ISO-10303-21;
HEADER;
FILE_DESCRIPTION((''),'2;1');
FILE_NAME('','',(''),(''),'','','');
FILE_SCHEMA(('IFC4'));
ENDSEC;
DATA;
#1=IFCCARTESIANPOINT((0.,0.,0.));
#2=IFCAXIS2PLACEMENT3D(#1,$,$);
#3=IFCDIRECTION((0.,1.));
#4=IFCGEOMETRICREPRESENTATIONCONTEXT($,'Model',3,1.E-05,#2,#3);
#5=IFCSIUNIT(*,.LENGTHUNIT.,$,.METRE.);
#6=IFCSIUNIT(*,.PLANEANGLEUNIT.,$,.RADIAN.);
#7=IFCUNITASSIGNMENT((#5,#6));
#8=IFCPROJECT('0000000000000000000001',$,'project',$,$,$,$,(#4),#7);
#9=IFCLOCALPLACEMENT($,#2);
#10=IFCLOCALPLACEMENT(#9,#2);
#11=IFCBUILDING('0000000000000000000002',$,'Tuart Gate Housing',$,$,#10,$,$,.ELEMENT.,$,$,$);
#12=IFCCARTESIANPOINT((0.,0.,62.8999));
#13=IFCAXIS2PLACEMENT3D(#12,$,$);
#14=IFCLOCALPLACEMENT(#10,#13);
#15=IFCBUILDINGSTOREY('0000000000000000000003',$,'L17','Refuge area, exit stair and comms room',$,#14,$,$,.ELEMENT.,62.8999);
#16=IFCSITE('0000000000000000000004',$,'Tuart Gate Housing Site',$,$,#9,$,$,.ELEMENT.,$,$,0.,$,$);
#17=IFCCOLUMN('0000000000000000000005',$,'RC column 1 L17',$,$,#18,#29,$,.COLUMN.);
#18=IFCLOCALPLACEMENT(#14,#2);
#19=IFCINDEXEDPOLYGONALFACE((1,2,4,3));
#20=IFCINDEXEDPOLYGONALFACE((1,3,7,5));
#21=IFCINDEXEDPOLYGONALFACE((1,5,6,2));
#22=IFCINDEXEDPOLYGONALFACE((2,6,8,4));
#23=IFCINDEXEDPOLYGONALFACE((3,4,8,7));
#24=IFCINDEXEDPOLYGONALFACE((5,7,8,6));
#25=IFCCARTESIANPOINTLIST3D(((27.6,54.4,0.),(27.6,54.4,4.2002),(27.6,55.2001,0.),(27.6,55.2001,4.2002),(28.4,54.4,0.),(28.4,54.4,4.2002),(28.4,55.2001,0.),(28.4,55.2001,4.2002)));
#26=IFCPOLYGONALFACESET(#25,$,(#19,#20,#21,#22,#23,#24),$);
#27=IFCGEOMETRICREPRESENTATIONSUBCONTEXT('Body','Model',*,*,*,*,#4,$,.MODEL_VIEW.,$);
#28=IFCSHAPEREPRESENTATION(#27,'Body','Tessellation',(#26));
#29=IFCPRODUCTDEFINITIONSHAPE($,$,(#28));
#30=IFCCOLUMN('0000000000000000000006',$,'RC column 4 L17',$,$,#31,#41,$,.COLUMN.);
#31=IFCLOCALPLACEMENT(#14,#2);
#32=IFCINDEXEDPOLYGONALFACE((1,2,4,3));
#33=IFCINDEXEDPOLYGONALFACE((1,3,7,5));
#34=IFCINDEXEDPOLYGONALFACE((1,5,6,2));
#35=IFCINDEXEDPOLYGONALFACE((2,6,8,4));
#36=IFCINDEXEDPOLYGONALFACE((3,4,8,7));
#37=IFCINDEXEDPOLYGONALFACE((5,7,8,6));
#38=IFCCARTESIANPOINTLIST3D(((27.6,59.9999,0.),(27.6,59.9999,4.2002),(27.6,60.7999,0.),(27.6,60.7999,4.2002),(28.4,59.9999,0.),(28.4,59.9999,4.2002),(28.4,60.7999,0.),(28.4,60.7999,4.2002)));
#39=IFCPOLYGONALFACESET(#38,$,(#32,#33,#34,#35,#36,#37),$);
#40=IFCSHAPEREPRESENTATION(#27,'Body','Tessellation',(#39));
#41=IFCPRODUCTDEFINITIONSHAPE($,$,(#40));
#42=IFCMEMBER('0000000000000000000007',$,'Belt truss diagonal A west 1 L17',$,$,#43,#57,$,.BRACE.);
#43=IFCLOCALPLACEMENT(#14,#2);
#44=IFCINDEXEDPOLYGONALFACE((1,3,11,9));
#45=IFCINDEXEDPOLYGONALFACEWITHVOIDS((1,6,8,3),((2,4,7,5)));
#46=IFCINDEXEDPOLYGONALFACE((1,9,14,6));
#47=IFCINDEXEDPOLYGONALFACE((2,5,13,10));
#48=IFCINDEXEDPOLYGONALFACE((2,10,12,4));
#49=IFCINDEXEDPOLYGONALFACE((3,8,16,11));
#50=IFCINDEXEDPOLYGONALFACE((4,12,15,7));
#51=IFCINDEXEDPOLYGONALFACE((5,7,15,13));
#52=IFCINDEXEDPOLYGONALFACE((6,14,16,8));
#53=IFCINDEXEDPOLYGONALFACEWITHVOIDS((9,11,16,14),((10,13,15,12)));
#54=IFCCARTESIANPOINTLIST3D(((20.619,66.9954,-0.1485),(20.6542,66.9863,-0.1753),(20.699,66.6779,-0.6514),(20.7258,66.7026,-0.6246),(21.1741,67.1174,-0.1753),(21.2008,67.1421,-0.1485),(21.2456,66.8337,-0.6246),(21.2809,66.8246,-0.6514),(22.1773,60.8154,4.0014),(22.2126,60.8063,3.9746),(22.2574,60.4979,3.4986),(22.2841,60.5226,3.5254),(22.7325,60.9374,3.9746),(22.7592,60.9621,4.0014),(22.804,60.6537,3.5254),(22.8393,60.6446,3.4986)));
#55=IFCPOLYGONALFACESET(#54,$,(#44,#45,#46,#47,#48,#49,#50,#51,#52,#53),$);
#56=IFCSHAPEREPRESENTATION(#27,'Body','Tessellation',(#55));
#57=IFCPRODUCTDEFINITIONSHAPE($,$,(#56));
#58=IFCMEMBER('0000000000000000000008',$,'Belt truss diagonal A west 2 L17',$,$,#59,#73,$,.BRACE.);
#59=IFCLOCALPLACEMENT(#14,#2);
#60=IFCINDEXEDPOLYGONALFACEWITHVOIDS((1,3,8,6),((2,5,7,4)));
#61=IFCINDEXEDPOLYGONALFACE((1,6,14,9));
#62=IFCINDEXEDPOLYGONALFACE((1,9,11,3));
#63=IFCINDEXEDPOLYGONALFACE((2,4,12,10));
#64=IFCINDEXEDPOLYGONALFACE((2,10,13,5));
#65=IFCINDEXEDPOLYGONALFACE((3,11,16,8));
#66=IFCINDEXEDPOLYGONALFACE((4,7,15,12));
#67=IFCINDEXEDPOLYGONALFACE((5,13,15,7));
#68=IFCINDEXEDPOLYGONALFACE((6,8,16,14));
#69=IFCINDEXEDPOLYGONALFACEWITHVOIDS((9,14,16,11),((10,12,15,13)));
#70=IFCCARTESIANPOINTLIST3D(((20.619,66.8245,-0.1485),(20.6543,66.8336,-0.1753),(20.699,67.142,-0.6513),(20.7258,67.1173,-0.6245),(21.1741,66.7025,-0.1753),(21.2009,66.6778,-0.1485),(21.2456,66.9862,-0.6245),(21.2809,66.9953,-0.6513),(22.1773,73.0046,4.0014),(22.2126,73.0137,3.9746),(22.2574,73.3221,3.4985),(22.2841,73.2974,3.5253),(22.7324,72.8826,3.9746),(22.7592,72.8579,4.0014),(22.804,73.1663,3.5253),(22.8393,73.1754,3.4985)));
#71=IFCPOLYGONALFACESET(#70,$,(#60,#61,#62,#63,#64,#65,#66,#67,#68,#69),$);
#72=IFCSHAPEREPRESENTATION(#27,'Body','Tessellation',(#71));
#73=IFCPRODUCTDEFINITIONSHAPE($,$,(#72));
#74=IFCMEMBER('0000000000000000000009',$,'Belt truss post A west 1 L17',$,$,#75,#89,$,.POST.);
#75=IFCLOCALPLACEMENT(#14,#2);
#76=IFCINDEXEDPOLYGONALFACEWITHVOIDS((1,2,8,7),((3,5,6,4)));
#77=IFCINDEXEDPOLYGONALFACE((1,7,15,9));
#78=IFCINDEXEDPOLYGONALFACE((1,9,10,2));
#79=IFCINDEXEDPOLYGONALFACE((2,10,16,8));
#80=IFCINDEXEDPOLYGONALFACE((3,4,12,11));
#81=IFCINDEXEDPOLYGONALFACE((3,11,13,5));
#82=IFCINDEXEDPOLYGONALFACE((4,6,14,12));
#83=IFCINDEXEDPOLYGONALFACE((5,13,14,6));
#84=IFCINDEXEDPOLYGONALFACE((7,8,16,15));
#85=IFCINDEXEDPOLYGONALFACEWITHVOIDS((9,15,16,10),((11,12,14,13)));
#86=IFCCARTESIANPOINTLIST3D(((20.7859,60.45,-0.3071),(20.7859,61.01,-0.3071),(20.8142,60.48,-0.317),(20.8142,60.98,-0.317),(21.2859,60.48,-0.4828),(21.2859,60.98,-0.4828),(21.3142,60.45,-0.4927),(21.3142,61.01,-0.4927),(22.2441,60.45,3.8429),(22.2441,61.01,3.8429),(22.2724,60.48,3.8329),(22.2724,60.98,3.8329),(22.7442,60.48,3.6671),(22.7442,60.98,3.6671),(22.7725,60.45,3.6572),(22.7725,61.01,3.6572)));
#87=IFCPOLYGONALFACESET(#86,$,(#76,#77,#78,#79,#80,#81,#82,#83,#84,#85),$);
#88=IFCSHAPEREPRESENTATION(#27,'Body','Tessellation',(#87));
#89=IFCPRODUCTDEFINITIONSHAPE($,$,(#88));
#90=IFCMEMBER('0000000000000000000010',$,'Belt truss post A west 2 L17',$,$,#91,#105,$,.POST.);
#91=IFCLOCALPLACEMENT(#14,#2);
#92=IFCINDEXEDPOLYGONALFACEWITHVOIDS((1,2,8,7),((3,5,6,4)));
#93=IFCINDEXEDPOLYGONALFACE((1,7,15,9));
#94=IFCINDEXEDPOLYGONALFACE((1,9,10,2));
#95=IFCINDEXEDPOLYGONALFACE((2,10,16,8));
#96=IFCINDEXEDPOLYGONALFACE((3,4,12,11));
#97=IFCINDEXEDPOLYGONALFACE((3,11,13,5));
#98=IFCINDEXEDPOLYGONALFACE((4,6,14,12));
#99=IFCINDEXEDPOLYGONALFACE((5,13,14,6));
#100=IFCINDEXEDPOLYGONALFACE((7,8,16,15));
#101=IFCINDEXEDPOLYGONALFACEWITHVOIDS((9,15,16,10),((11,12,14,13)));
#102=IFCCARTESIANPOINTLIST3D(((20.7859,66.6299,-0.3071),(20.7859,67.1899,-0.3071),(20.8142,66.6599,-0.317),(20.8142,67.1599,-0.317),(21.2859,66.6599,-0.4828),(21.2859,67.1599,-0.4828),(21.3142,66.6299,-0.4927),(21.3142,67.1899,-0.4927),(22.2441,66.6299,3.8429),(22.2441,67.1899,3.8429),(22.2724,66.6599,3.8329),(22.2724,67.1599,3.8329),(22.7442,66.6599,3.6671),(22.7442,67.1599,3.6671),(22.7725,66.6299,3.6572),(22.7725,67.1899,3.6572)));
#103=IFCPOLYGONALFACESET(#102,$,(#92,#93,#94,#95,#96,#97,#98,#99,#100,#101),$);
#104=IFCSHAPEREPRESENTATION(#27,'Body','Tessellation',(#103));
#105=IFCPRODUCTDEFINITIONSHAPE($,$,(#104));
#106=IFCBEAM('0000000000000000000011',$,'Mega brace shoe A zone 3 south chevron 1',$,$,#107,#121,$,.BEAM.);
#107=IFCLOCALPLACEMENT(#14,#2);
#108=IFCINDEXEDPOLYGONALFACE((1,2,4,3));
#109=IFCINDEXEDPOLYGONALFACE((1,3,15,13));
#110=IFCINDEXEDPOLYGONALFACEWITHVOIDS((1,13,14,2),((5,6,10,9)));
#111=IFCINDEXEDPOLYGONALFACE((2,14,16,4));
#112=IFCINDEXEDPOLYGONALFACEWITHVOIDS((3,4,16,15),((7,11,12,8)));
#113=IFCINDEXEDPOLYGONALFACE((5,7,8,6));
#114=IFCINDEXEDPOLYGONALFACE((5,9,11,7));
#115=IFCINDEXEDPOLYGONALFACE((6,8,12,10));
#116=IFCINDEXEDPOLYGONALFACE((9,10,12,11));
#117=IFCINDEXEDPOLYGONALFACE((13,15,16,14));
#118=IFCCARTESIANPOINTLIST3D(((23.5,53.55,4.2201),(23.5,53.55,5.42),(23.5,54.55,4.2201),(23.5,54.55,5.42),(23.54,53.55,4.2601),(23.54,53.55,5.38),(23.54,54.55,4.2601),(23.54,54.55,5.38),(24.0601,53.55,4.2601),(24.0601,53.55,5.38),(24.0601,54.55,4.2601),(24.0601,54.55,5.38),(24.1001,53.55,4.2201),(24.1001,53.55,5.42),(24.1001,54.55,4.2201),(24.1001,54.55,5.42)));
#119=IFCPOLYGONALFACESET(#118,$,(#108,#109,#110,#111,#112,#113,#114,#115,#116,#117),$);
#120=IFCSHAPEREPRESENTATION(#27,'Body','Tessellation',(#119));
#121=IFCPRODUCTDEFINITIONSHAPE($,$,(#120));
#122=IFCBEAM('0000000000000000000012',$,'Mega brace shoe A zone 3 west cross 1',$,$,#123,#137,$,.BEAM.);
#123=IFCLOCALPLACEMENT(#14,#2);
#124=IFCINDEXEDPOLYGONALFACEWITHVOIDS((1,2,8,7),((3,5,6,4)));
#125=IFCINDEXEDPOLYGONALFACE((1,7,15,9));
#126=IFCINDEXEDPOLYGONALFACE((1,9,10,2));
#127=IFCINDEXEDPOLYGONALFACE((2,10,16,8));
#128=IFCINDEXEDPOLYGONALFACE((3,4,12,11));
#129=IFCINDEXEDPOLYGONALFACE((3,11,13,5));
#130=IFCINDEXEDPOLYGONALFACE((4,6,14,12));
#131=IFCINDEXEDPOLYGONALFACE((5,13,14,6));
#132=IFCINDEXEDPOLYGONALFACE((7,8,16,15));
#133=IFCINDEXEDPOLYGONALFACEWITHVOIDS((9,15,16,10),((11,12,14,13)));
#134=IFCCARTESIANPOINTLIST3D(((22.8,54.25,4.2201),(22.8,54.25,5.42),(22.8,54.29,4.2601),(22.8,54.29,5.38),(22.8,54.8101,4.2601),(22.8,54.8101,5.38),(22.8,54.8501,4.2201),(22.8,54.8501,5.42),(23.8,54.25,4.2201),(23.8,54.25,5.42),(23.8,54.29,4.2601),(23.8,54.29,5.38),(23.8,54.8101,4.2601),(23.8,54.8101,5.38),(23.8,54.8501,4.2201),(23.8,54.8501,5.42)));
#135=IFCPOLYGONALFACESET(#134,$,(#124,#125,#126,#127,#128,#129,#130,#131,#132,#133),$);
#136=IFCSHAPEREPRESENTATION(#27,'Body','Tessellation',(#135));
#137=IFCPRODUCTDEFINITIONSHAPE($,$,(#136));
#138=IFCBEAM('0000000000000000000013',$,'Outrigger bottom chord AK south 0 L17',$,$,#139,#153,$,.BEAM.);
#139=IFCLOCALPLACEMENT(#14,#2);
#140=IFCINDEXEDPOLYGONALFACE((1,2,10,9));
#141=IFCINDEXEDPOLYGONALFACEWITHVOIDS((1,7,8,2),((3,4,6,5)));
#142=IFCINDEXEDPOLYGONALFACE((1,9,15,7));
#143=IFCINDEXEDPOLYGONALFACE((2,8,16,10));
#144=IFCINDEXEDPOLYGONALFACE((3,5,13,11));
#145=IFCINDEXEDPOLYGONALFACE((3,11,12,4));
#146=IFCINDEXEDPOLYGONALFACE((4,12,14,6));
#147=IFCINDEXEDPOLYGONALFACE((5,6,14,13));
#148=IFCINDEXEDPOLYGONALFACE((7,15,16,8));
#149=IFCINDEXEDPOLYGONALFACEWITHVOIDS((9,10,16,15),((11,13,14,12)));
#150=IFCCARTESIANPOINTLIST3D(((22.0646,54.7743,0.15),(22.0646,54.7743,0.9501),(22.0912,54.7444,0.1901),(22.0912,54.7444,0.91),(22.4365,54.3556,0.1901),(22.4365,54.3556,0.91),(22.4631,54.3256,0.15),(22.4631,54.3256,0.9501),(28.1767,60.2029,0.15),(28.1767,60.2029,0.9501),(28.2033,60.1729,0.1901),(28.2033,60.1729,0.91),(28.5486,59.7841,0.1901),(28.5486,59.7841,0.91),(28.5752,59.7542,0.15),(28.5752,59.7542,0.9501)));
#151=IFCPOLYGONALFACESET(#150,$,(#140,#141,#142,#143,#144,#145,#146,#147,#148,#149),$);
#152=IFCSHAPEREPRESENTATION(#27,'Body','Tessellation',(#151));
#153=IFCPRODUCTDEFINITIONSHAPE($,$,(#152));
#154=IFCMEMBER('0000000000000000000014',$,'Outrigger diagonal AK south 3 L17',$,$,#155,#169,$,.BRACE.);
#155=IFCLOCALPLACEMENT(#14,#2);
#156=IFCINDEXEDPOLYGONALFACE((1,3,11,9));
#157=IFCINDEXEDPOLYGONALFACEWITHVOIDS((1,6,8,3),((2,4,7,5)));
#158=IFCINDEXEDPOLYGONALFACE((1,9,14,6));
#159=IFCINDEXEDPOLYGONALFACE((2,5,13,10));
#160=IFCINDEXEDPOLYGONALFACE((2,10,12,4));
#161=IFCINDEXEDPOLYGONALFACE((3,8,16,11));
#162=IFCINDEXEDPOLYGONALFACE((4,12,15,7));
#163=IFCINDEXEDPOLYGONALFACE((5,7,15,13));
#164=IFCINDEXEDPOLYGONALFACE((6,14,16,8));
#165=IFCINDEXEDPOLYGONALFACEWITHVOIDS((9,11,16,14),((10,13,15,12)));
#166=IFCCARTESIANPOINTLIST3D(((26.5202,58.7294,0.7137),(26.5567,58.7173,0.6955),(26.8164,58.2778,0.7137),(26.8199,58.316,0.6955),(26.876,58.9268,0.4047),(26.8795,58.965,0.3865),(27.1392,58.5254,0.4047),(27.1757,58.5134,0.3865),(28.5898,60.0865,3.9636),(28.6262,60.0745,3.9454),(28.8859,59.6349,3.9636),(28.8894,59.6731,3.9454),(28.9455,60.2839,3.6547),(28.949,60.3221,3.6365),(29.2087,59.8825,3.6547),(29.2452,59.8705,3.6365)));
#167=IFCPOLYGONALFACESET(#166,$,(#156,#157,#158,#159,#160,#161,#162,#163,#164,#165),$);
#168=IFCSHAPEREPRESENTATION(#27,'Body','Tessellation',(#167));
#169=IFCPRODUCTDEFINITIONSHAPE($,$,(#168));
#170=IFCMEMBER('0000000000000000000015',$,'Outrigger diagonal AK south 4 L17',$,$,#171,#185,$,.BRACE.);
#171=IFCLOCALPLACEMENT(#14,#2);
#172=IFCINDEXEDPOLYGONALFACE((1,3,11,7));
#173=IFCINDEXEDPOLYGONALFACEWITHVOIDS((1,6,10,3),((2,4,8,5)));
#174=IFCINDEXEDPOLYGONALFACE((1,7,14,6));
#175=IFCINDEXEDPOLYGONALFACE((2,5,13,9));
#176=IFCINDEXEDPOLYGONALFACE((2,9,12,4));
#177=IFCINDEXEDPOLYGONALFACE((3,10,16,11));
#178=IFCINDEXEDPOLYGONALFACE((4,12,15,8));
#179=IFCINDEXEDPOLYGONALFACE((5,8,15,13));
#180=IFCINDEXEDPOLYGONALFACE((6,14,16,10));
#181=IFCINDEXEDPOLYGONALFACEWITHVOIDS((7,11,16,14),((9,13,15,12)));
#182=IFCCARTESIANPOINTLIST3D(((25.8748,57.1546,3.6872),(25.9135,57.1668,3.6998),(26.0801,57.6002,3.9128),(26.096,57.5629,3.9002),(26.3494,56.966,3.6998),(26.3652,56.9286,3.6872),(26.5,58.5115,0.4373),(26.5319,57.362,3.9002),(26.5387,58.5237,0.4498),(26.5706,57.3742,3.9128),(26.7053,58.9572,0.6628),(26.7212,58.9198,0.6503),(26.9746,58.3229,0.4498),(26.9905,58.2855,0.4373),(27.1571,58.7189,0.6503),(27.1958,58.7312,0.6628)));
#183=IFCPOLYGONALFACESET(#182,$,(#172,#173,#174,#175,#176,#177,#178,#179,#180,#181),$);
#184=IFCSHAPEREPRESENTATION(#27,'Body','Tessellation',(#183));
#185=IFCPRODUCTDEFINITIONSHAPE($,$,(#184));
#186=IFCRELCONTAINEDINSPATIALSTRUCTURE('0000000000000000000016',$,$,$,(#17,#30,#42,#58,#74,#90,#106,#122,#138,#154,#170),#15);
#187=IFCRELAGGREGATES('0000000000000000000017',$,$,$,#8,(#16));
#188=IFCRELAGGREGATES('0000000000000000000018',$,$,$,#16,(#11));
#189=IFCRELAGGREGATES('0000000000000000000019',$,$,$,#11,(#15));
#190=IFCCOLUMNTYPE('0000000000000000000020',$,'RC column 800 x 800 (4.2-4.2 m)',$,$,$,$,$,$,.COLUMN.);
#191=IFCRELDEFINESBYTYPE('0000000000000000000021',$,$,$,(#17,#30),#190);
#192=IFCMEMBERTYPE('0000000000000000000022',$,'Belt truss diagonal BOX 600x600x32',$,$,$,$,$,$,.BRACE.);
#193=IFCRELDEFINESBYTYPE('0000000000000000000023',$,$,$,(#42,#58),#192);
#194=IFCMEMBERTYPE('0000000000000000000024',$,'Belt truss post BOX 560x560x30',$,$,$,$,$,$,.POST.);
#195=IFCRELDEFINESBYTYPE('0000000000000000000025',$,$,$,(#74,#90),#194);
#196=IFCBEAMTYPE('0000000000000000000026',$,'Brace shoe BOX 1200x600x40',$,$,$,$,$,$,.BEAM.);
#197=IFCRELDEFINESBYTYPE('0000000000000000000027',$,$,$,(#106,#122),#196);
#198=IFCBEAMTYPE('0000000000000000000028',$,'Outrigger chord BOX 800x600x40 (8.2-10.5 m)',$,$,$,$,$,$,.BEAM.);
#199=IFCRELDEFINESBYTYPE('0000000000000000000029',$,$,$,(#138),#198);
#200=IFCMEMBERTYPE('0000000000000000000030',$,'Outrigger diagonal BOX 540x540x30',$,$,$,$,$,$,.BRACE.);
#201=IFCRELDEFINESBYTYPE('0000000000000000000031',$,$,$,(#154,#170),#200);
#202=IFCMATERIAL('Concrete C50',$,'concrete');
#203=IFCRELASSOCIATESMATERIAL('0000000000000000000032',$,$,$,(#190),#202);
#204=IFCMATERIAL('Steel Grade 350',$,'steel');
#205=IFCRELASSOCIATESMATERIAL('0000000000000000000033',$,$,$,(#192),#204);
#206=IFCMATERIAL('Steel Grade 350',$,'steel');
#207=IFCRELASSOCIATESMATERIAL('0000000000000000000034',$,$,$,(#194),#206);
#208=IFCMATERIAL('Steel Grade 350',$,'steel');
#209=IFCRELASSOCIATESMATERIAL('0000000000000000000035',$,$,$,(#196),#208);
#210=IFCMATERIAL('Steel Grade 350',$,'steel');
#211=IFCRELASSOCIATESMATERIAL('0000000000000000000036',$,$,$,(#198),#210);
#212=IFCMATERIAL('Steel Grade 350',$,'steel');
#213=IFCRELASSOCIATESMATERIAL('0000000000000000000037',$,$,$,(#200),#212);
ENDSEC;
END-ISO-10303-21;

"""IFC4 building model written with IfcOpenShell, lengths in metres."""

from ifc_helpers import new_model, si_unit, direction, frame, origin, origin_2d, place, context, subcontext, project, spatial, rectangle, hollow_rectangle, extrude, material, material_profile, profile_set, type_object, element, save


model = new_model("IFC4")

# Units and contexts
model_context = context("Model", 3, precision=1e-05, world=origin(), true_north=direction((0.0, 1.0)))
body_context = subcontext(model_context, "Body", "Model", "MODEL_VIEW")
ifc_project = project(units=[si_unit("LENGTHUNIT", "METRE"), si_unit("PLANEANGLEUNIT", "RADIAN")], contexts=[model_context])

# Site, building, storey
site_placement = place(None, origin())
site = spatial("IfcSite", under=ifc_project, at=site_placement, Name="Tuart Gate Housing Site", CompositionType="ELEMENT", RefElevation=0.0)
building_placement = place(site_placement, origin())
building = spatial("IfcBuilding", under=site, at=building_placement, Name="Tuart Gate Housing", CompositionType="ELEMENT")
storey_placement = place(building_placement, frame((0.0, 0.0, 62.8999)))
storey = spatial("IfcBuildingStorey", under=building, at=storey_placement, Name="L17", Description="Refuge area, exit stair and comms room", CompositionType="ELEMENT", Elevation=62.8999)

# Columns
ifc_material_1 = material(Name="Concrete C50", Category="concrete")
ifc_material_profile_1 = material_profile(ifc_material_1, rectangle(XDim=0.8, YDim=0.8, at=origin_2d()), Name="RC column 800 x 800 (4.2-4.2 m)")
ifc_profile_set_1 = profile_set([ifc_material_profile_1], Name="Concrete C50")
column_type = type_object("IfcColumnType", Name="RC column 800 x 800 (4.2-4.2 m)", PredefinedType="COLUMN", material=ifc_profile_set_1)
for number, where, z_axis, x_axis, name in (
    (1, (28.0, 54.8, 0.0), (0.0, 0.0, 1.0), (1.0, 0.0, 0.0), "RC column 1 L17"),
    (2, (28.0, 60.3999, 0.0), (0.0, 0.0, 1.0), (1.0, 0.0, 0.0), "RC column 4 L17"),
):
    element("IfcColumn", number, at=place(storey_placement, frame(where, z_axis=z_axis, x_axis=x_axis)), inside=storey, type_object=column_type, Name=name, PredefinedType="COLUMN", context=body_context, shape_type="SweptSolid", body=[
        extrude(rectangle(XDim=0.8, YDim=0.8, at=origin_2d()), origin(), (0.0, 0.0, 1.0), 4.2002),
    ])

# Members
ifc_material_2 = material(Name="Steel Grade 350", Category="steel")
ifc_material_profile_2 = material_profile(ifc_material_2, hollow_rectangle(XDim=0.6001, YDim=0.6001, WallThickness=0.032, at=origin_2d()), Name="BOX 600x600x32")
ifc_profile_set_2 = profile_set([ifc_material_profile_2], Name="Steel Grade 350")
member_type_1 = type_object("IfcMemberType", Name="Belt truss diagonal BOX 600x600x32", PredefinedType="BRACE", material=ifc_profile_set_2)
for number, where, z_axis, x_axis, name in (
    (3, (22.5083, 60.73, 3.75), (-0.204901, 0.812574, -0.545654), (-0.969647, -0.244509, 0.0), "Belt truss diagonal A west 1 L17"),
    (4, (20.95, 66.9099, -0.3999), (0.204896, 0.812585, 0.54564), (-0.969649, 0.2445, 0.0), "Belt truss diagonal A west 2 L17"),
):
    element("IfcMember", number, at=place(storey_placement, frame(where, z_axis=z_axis, x_axis=x_axis)), inside=storey, type_object=member_type_1, Name=name, PredefinedType="BRACE", context=body_context, shape_type="SweptSolid", body=[
        extrude(hollow_rectangle(XDim=0.6001, YDim=0.6001, WallThickness=0.032, at=origin_2d()), origin(), (0.0, 0.0, 1.0), 7.6055),
    ])
ifc_material_3 = material(Name="Steel Grade 350", Category="steel")
ifc_material_profile_3 = material_profile(ifc_material_3, hollow_rectangle(XDim=0.5601, YDim=0.5601, WallThickness=0.03, at=origin_2d()), Name="BOX 560x560x30")
ifc_profile_set_3 = profile_set([ifc_material_profile_3], Name="Steel Grade 350")
member_type_2 = type_object("IfcMemberType", Name="Belt truss post BOX 560x560x30", PredefinedType="POST", material=ifc_profile_set_3)
for number, where, z_axis, x_axis, name in (
    (5, (21.05, 60.73, -0.3999), (0.331522, 0.0, 0.943447), (0.0, 1.0, 0.0), "Belt truss post A west 1 L17"),
    (6, (21.05, 66.9099, -0.3999), (0.331522, 0.0, 0.943447), (0.0, 1.0, 0.0), "Belt truss post A west 2 L17"),
):
    element("IfcMember", number, at=place(storey_placement, frame(where, z_axis=z_axis, x_axis=x_axis)), inside=storey, type_object=member_type_2, Name=name, PredefinedType="POST", context=body_context, shape_type="SweptSolid", body=[
        extrude(hollow_rectangle(XDim=0.5601, YDim=0.5601, WallThickness=0.03, at=origin_2d()), origin(), (0.0, 0.0, 1.0), 4.3987),
    ])

# Beams
ifc_material_4 = material(Name="Steel Grade 350", Category="steel")
ifc_material_profile_4 = material_profile(ifc_material_4, hollow_rectangle(XDim=0.6001, YDim=1.2, WallThickness=0.04, at=origin_2d()), Name="BOX 1200x600x40")
ifc_profile_set_4 = profile_set([ifc_material_profile_4], Name="Steel Grade 350")
beam_type_1 = type_object("IfcBeamType", Name="Brace shoe BOX 1200x600x40", PredefinedType="BEAM", material=ifc_profile_set_4)
for number, where, z_axis, x_axis, name in (
    (7, (23.8, 54.55, 4.8201), (0.0, -1.0, 0.0), (1.0, 0.0, 0.0), "Mega brace shoe A zone 3 south chevron 1"),
    (8, (23.8, 54.55, 4.8201), (-1.0, 0.0, 0.0), (0.0, -1.0, 0.0), "Mega brace shoe A zone 3 west cross 1"),
):
    element("IfcBeam", number, at=place(storey_placement, frame(where, z_axis=z_axis, x_axis=x_axis)), inside=storey, type_object=beam_type_1, Name=name, PredefinedType="BEAM", context=body_context, shape_type="SweptSolid", body=[
        extrude(hollow_rectangle(XDim=0.6001, YDim=1.2, WallThickness=0.04, at=origin_2d()), origin(), (0.0, 0.0, 1.0), 1.0),
    ])
ifc_material_5 = material(Name="Steel Grade 350", Category="steel")
ifc_material_profile_5 = material_profile(ifc_material_5, hollow_rectangle(XDim=0.6001, YDim=0.8, WallThickness=0.04, at=origin_2d()), Name="BOX 800x600x40")
ifc_profile_set_5 = profile_set([ifc_material_profile_5], Name="Steel Grade 350")
beam_type_2 = type_object("IfcBeamType", Name="Outrigger chord BOX 800x600x40 (8.2-10.5 m)", PredefinedType="BEAM", material=ifc_profile_set_5)
beam_placement = place(storey_placement, frame((28.376, 59.9785, 0.55), z_axis=(-0.747681, -0.664058, 0.0), x_axis=(0.664058, -0.747681, 0.0)))
element("IfcBeam", 9, at=beam_placement, inside=storey, type_object=beam_type_2, Name="Outrigger bottom chord AK south 0 L17", PredefinedType="BEAM", context=body_context, shape_type="SweptSolid", body=[
    extrude(hollow_rectangle(XDim=0.6001, YDim=0.8, WallThickness=0.04, at=origin_2d()), origin(), (0.0, 0.0, 1.0), 8.1748),
])

# Members
ifc_material_6 = material(Name="Steel Grade 350", Category="steel")
ifc_material_profile_6 = material_profile(ifc_material_6, hollow_rectangle(XDim=0.54, YDim=0.54, WallThickness=0.03, at=origin_2d()), Name="BOX 540x540x30")
ifc_profile_set_6 = profile_set([ifc_material_profile_6], Name="Steel Grade 350")
member_type_3 = type_object("IfcMemberType", Name="Outrigger diagonal BOX 540x540x30", PredefinedType="BRACE", material=ifc_profile_set_6)
member_1_placement = place(storey_placement, frame((28.9175, 59.9785, 3.8), z_axis=(-0.506624, -0.332231, -0.795585), x_axis=(0.548378, -0.83623, 0.0)))
element("IfcMember", 10, at=member_1_placement, inside=storey, type_object=member_type_3, Name="Outrigger diagonal AK south 3 L17", PredefinedType="BRACE", context=body_context, shape_type="SweptSolid", body=[
    extrude(hollow_rectangle(XDim=0.54, YDim=0.54, WallThickness=0.03, at=origin_2d()), origin(), (0.0, 0.0, 1.0), 4.085),
])
member_2_placement = place(storey_placement, frame((26.8479, 58.6213, 0.55), z_axis=(-0.174797, -0.379353, 0.908591), x_axis=(0.908222, -0.418488, 0.0)))
element("IfcMember", 11, at=member_2_placement, inside=storey, type_object=member_type_3, Name="Outrigger diagonal AK south 4 L17", PredefinedType="BRACE", context=body_context, shape_type="SweptSolid", body=[
    extrude(hollow_rectangle(XDim=0.54, YDim=0.54, WallThickness=0.03, at=origin_2d()), origin(), (0.0, 0.0, 1.0), 3.5769),
])

save(model, "model.ifc")
